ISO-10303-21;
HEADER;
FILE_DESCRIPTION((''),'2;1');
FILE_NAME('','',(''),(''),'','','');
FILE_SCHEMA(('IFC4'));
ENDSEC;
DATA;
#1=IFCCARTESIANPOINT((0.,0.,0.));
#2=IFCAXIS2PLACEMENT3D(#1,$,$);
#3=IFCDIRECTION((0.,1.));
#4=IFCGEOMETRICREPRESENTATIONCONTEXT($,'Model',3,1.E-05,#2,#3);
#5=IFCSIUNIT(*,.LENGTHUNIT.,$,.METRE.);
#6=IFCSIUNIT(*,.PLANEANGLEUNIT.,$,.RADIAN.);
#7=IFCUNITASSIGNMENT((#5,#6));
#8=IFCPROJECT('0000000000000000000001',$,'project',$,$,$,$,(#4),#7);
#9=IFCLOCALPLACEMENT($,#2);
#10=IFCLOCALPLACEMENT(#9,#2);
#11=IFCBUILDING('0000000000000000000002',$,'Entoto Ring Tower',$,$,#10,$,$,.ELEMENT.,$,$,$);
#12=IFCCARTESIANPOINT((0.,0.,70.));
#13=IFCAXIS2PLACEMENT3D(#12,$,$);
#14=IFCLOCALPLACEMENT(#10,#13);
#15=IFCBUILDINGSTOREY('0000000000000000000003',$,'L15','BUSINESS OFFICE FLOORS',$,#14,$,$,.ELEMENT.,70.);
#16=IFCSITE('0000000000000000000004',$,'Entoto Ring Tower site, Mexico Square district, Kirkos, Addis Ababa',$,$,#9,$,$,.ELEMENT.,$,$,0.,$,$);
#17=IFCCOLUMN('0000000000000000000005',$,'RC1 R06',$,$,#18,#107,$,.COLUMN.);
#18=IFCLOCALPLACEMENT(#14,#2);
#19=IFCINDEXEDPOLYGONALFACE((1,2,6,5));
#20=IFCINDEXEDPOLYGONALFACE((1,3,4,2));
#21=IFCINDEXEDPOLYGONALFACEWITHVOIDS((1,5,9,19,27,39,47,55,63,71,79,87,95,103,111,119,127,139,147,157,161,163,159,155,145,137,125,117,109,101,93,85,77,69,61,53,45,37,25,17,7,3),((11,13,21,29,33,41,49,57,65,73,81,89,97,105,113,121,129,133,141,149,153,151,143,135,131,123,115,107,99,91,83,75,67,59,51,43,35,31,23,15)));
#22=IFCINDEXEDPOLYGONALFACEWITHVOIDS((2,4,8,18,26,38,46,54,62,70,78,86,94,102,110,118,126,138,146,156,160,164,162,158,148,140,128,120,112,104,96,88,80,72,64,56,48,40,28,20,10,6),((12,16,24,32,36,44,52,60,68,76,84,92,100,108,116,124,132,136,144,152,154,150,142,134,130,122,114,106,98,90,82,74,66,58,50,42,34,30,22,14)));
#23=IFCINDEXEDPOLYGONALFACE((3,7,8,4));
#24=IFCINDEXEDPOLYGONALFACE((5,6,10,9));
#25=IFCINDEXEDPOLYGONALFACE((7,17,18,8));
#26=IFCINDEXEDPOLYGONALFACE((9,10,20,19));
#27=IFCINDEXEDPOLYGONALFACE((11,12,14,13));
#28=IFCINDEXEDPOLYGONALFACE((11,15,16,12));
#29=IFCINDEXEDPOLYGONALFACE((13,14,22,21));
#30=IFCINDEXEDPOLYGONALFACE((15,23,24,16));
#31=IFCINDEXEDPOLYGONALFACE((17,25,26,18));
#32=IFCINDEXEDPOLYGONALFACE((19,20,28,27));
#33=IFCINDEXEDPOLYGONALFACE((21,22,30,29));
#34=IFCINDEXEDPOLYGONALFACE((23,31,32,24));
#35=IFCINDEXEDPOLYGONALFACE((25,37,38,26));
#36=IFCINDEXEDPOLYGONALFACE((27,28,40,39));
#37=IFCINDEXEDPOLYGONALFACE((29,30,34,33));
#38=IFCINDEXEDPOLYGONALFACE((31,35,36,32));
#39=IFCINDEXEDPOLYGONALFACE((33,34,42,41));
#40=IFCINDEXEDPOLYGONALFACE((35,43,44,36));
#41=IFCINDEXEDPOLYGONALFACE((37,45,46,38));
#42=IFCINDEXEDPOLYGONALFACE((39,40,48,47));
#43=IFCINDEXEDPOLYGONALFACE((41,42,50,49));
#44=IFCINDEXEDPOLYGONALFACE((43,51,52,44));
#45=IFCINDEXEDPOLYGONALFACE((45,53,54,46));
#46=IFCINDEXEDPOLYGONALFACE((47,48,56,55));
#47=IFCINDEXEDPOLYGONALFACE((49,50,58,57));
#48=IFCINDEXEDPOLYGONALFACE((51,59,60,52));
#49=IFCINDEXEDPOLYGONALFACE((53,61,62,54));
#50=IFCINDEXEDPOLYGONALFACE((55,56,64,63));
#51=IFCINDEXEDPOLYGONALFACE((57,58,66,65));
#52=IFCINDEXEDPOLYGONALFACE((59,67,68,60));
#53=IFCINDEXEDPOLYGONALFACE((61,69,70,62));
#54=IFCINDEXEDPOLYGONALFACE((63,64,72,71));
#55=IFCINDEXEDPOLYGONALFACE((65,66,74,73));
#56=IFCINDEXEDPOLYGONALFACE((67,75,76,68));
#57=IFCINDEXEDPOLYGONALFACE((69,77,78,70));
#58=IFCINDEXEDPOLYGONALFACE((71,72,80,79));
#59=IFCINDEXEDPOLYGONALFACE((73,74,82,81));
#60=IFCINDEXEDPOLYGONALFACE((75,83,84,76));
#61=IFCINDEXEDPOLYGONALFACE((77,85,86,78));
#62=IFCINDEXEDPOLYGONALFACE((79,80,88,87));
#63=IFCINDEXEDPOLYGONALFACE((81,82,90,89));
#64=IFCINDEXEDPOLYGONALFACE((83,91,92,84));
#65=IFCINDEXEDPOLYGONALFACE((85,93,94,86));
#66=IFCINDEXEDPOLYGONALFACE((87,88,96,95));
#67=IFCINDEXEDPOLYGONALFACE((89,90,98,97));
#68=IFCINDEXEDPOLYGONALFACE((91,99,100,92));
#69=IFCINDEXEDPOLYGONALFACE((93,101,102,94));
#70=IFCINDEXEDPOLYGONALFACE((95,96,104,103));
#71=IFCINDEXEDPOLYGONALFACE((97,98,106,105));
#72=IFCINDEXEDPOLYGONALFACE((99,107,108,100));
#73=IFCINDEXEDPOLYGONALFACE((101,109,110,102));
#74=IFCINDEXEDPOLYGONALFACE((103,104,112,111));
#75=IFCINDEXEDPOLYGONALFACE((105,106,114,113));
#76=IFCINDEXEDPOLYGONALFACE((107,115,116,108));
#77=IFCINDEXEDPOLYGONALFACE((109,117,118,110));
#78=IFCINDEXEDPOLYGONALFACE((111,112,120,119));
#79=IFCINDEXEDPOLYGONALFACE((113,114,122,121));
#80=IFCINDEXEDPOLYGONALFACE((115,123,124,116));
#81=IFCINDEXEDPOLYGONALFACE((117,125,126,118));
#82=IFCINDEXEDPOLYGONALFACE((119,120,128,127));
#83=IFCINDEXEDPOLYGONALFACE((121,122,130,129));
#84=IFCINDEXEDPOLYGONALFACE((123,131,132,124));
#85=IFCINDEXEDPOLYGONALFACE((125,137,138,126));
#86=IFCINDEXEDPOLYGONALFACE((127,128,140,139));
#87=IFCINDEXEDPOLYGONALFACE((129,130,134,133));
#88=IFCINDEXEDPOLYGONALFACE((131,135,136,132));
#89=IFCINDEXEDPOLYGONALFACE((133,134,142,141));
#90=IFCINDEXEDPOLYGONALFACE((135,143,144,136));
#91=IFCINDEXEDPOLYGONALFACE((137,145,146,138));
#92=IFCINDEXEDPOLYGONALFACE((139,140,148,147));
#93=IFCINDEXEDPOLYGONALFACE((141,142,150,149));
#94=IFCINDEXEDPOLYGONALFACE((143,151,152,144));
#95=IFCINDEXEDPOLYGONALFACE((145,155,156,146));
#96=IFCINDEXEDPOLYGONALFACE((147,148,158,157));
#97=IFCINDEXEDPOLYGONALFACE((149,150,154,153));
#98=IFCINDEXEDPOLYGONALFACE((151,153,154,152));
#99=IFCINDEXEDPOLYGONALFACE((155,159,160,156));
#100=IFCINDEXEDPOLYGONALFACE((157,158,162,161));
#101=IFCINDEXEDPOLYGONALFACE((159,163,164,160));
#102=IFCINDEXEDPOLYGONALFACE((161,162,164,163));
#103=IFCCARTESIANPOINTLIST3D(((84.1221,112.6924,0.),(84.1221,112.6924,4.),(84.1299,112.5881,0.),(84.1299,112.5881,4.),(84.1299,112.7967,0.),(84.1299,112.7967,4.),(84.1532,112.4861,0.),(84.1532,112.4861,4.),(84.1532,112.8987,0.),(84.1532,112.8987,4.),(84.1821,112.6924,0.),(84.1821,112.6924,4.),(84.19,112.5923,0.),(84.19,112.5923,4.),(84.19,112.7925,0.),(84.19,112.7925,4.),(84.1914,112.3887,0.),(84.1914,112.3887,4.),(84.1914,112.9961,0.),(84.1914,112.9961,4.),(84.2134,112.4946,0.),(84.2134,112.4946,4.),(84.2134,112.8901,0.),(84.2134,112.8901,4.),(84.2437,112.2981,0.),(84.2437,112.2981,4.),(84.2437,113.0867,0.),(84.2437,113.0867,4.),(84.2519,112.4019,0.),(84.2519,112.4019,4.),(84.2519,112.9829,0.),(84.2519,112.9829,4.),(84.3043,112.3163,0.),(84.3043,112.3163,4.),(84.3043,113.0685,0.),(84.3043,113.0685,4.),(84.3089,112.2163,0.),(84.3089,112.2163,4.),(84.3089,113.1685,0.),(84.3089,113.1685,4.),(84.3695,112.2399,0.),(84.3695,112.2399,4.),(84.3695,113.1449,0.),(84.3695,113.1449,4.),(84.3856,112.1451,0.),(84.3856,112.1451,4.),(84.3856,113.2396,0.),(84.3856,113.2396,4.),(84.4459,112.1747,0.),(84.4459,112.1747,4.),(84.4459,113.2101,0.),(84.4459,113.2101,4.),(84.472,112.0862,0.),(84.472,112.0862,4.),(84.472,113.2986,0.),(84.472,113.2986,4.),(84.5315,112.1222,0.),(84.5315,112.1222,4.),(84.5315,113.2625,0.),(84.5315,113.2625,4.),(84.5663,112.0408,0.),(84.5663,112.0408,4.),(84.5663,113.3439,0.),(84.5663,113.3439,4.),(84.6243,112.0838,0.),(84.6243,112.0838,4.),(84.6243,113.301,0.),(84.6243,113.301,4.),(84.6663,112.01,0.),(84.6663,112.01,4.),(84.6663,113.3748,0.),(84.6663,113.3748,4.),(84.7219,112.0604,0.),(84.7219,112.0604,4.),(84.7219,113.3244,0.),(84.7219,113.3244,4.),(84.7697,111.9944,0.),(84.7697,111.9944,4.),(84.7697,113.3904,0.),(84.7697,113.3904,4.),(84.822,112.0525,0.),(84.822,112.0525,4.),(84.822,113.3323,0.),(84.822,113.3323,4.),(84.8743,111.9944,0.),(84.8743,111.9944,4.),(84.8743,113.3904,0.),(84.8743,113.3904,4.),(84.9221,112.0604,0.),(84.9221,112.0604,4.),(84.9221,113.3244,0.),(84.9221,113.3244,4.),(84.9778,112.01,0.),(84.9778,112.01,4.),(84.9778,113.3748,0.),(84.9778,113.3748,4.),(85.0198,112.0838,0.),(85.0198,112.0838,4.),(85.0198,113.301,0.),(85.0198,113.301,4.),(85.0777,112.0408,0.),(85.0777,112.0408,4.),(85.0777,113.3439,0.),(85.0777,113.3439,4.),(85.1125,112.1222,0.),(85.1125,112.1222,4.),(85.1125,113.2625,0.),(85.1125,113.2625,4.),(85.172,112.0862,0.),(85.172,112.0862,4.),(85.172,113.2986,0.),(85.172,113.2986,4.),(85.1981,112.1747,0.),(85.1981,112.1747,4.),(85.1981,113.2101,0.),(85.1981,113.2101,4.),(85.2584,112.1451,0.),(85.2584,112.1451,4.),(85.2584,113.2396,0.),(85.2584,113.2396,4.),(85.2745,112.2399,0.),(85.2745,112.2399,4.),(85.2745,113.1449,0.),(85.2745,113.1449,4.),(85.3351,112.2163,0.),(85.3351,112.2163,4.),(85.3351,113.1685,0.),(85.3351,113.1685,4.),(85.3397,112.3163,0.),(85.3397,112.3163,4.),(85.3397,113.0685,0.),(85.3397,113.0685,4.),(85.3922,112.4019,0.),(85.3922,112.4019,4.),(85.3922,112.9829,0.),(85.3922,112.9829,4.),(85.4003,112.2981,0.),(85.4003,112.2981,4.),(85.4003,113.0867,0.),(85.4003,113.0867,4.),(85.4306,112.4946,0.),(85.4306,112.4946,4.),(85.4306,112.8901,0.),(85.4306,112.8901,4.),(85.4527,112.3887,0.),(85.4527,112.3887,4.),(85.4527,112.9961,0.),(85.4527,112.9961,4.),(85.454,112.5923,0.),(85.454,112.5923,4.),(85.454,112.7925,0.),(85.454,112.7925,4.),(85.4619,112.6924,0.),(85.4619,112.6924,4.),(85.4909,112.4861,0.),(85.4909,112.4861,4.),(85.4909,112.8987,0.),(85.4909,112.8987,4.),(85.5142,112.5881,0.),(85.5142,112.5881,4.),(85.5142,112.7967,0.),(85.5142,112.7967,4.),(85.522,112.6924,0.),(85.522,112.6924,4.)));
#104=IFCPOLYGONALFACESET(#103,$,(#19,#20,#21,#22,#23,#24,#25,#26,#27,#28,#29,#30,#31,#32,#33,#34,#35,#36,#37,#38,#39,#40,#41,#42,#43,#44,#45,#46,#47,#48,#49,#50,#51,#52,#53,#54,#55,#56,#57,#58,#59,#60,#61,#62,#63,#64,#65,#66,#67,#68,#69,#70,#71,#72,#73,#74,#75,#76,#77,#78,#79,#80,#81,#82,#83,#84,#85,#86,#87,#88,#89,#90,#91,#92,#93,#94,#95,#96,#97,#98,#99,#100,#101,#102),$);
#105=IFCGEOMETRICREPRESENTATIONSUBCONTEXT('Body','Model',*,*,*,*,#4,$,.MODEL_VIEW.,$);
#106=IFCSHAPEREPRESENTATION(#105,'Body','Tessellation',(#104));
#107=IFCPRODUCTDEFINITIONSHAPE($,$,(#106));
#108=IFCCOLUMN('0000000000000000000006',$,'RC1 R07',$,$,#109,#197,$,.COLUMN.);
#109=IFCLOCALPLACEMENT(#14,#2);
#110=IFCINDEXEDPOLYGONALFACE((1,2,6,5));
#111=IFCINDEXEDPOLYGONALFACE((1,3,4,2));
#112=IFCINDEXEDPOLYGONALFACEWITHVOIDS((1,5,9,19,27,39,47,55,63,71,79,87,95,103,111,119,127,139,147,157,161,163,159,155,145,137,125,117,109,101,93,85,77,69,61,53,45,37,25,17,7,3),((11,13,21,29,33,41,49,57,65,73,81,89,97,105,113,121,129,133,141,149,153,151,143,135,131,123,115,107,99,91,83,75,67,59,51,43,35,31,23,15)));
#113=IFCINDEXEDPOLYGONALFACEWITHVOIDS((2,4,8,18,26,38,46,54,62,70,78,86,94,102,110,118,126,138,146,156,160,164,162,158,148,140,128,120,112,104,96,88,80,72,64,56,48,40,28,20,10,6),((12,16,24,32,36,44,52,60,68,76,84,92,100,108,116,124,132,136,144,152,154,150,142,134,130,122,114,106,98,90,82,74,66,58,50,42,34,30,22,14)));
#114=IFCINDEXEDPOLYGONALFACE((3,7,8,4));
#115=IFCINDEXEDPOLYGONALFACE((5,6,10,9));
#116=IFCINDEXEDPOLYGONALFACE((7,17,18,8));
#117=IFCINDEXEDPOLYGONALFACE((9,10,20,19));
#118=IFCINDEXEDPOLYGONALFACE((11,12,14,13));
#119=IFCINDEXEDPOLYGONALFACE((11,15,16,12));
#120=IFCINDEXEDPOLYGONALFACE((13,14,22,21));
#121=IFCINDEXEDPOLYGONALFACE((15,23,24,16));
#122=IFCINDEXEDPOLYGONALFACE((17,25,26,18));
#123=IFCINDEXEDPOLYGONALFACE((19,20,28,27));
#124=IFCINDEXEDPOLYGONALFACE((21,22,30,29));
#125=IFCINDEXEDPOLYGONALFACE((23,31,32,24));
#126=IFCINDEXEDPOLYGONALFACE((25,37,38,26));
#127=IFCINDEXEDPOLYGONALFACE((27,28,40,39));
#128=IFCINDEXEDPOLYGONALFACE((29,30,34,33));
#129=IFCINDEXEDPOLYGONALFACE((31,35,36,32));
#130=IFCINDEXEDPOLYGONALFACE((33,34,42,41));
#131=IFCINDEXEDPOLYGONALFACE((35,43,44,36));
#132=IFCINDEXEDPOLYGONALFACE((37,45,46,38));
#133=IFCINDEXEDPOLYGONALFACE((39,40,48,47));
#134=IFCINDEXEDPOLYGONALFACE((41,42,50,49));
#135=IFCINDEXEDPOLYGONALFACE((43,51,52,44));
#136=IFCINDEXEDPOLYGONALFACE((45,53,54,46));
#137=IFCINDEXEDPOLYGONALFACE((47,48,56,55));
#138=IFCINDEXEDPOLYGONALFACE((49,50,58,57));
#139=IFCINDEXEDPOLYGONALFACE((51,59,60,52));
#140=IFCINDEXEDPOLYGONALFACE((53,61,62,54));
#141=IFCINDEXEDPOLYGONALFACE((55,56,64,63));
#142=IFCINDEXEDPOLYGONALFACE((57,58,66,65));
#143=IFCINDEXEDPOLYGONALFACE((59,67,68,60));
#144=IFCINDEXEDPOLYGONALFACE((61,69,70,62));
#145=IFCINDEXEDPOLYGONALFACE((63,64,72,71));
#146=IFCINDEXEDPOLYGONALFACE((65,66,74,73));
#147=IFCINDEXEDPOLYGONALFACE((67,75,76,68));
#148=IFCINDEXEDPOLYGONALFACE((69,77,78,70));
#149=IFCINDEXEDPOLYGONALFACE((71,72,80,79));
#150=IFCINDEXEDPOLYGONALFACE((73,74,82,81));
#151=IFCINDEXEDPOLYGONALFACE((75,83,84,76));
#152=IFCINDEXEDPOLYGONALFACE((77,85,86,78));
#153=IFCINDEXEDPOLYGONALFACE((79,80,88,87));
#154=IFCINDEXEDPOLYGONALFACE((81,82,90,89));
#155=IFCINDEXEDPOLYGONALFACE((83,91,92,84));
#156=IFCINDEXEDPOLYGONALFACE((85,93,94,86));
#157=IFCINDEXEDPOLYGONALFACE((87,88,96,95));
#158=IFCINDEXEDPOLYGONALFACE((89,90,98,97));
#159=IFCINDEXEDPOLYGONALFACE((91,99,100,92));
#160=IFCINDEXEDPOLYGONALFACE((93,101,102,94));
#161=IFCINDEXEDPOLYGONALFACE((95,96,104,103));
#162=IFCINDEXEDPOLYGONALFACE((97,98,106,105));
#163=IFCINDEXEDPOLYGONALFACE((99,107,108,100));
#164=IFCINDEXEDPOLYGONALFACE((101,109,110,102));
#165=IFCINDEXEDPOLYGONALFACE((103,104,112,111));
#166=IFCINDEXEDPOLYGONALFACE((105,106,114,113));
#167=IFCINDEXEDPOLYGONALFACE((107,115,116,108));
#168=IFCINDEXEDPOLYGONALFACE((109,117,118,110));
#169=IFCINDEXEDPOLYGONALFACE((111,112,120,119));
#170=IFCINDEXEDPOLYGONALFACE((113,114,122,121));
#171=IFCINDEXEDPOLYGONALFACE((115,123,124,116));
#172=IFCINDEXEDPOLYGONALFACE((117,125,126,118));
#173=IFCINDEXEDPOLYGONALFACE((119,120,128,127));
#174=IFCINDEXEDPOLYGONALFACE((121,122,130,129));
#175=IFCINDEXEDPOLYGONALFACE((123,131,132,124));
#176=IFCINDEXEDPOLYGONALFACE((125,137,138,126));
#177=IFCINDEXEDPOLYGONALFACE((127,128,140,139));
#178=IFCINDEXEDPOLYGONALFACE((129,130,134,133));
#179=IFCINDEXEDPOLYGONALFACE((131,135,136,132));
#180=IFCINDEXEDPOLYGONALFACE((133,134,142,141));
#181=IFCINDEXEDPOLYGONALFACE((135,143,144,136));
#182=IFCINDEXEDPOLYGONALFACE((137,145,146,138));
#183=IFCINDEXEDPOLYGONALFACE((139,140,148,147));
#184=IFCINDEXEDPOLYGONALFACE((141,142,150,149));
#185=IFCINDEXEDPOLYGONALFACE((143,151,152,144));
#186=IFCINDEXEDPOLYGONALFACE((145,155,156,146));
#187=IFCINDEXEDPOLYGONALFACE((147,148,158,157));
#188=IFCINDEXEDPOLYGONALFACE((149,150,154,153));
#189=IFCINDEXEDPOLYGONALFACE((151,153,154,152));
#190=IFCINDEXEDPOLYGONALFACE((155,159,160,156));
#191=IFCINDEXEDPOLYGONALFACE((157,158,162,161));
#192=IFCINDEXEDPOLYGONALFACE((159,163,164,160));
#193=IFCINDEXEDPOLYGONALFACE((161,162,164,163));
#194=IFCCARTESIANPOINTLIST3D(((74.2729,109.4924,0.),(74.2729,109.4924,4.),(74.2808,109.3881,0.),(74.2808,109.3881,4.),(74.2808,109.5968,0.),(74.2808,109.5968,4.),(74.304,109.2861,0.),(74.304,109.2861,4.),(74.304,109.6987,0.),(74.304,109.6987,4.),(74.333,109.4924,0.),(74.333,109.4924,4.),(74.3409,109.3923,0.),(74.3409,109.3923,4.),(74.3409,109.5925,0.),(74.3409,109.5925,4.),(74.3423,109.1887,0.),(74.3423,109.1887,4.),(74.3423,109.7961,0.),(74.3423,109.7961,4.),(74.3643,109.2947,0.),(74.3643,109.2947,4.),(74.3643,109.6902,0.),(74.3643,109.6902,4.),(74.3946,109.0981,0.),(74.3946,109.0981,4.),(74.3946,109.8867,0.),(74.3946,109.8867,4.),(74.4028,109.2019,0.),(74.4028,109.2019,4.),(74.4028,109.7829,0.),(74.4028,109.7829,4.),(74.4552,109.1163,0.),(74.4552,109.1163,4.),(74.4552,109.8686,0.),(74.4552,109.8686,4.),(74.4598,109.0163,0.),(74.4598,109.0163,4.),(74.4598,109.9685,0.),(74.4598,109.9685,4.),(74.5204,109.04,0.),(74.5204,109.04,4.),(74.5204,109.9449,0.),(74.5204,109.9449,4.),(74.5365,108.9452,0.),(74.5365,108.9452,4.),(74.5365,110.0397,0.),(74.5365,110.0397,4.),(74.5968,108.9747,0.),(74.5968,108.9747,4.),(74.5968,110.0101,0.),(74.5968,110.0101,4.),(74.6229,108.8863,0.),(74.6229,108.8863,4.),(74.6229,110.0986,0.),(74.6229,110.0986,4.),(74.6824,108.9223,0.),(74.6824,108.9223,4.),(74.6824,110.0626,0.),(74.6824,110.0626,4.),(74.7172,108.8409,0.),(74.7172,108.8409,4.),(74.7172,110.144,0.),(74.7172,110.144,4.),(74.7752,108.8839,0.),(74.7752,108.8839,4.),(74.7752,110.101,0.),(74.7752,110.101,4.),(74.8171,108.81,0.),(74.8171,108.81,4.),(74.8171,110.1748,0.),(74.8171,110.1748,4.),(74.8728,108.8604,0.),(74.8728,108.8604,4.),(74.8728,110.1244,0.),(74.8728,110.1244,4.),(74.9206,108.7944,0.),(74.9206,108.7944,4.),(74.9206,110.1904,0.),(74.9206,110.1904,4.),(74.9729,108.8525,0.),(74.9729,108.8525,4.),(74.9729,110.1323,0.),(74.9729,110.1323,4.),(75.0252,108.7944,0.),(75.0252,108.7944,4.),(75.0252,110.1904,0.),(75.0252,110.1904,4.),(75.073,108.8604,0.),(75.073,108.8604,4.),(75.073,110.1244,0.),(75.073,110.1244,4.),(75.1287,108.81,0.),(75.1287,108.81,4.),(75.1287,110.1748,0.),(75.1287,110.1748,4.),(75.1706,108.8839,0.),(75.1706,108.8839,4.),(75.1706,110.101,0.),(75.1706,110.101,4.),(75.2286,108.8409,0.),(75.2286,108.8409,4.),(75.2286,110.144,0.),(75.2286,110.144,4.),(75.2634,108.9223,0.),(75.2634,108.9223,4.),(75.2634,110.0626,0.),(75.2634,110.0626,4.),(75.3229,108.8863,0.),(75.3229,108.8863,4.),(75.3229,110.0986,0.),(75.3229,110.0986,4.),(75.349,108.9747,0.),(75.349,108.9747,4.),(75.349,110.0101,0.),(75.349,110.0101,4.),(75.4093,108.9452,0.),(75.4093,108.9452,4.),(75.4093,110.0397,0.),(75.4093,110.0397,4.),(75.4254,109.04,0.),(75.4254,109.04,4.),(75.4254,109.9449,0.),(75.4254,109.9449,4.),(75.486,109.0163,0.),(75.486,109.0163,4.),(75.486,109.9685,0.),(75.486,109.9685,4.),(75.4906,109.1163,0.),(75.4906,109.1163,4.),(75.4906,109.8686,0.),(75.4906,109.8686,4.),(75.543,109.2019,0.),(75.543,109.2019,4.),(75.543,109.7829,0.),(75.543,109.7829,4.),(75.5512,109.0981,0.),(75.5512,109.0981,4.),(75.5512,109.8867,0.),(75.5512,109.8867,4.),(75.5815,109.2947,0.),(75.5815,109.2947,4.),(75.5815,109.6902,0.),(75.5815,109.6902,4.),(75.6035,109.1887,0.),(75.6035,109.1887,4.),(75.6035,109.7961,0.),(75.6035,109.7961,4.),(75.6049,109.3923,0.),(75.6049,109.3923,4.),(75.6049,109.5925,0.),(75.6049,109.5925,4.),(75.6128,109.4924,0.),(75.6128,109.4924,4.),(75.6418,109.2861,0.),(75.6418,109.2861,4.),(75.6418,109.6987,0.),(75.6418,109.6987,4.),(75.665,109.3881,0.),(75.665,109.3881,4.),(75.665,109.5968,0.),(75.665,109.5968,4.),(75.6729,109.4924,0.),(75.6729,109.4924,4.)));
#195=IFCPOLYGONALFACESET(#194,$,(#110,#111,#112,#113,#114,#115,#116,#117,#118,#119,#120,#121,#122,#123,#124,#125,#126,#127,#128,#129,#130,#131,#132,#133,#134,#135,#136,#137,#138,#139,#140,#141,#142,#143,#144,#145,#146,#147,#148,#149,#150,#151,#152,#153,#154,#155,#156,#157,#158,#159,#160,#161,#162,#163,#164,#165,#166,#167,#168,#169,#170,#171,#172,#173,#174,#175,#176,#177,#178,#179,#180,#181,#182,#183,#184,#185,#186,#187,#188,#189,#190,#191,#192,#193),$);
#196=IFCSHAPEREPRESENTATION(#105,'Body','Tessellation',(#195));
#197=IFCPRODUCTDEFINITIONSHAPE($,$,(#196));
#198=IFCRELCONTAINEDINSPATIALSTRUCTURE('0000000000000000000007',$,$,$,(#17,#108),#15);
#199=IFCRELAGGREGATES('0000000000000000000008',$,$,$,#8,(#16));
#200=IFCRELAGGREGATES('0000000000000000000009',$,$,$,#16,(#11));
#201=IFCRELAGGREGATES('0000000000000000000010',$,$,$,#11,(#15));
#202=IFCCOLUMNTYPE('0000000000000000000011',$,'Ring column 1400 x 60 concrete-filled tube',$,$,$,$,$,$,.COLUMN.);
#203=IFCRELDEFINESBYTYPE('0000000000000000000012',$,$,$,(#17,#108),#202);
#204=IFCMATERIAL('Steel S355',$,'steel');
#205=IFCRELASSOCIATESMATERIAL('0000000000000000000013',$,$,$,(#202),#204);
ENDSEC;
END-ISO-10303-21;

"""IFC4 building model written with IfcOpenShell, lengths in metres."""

from ifc_helpers import new_model, si_unit, direction, frame, origin, origin_2d, place, context, subcontext, project, spatial, circle, hollow_circle, extrude, material, material_profile, profile_set, type_object, element, save


model = new_model("IFC4")

# Units and contexts
model_context = context("Model", 3, precision=1e-05, world=origin(), true_north=direction((0.0, 1.0)))
body_context = subcontext(model_context, "Body", "Model", "MODEL_VIEW")
ifc_project = project(units=[si_unit("LENGTHUNIT", "METRE"), si_unit("PLANEANGLEUNIT", "RADIAN")], contexts=[model_context])

# Site, building, storey
site_placement = place(None, origin())
site = spatial("IfcSite", under=ifc_project, at=site_placement, Name="Entoto Ring Tower site, Mexico Square district, Kirkos, Addis Ababa", CompositionType="ELEMENT", RefElevation=0.0)
building_placement = place(site_placement, origin())
building = spatial("IfcBuilding", under=site, at=building_placement, Name="Entoto Ring Tower", CompositionType="ELEMENT")
storey_placement = place(building_placement, frame((0.0, 0.0, 70.0)))
storey = spatial("IfcBuildingStorey", under=building, at=storey_placement, Name="L15", Description="BUSINESS OFFICE FLOORS", CompositionType="ELEMENT", Elevation=70.0)

# Columns
ifc_material_1 = material(Name="Steel S355", Category="steel")
ifc_material_profile_1 = material_profile(ifc_material_1, hollow_circle(Radius=0.7, WallThickness=0.0601, at=origin_2d()), Name="CHS 1400 x 60")
ifc_material_2 = material(Name="Concrete C60/75", Category="concrete")
ifc_material_profile_2 = material_profile(ifc_material_2, circle(Radius=0.6399, at=origin_2d()), Name="Concrete C60/75 infill")
ifc_profile_set_1 = profile_set([ifc_material_profile_1, ifc_material_profile_2], Name="Steel S355")
column_type = type_object("IfcColumnType", Name="Ring column 1400 x 60 concrete-filled tube", PredefinedType="COLUMN", material=ifc_profile_set_1)
for number, where, z_axis, x_axis, name in (
    (1, (84.822, 112.6924, 0.0), (0.0, 0.0, 1.0), (1.0, 0.0, 0.0), "RC1 R06"),
    (2, (74.9729, 109.4924, 0.0), (0.0, 0.0, 1.0), (1.0, 0.0, 0.0), "RC1 R07"),
):
    element("IfcColumn", number, at=place(storey_placement, frame(where, z_axis=z_axis, x_axis=x_axis)), inside=storey, type_object=column_type, Name=name, PredefinedType="COLUMN", context=body_context, shape_type="SweptSolid", body=[
        extrude(hollow_circle(Radius=0.7, WallThickness=0.0601, at=origin_2d()), origin(), (0.0, 0.0, 1.0), 4.0),
    ])

save(model, "model.ifc")
